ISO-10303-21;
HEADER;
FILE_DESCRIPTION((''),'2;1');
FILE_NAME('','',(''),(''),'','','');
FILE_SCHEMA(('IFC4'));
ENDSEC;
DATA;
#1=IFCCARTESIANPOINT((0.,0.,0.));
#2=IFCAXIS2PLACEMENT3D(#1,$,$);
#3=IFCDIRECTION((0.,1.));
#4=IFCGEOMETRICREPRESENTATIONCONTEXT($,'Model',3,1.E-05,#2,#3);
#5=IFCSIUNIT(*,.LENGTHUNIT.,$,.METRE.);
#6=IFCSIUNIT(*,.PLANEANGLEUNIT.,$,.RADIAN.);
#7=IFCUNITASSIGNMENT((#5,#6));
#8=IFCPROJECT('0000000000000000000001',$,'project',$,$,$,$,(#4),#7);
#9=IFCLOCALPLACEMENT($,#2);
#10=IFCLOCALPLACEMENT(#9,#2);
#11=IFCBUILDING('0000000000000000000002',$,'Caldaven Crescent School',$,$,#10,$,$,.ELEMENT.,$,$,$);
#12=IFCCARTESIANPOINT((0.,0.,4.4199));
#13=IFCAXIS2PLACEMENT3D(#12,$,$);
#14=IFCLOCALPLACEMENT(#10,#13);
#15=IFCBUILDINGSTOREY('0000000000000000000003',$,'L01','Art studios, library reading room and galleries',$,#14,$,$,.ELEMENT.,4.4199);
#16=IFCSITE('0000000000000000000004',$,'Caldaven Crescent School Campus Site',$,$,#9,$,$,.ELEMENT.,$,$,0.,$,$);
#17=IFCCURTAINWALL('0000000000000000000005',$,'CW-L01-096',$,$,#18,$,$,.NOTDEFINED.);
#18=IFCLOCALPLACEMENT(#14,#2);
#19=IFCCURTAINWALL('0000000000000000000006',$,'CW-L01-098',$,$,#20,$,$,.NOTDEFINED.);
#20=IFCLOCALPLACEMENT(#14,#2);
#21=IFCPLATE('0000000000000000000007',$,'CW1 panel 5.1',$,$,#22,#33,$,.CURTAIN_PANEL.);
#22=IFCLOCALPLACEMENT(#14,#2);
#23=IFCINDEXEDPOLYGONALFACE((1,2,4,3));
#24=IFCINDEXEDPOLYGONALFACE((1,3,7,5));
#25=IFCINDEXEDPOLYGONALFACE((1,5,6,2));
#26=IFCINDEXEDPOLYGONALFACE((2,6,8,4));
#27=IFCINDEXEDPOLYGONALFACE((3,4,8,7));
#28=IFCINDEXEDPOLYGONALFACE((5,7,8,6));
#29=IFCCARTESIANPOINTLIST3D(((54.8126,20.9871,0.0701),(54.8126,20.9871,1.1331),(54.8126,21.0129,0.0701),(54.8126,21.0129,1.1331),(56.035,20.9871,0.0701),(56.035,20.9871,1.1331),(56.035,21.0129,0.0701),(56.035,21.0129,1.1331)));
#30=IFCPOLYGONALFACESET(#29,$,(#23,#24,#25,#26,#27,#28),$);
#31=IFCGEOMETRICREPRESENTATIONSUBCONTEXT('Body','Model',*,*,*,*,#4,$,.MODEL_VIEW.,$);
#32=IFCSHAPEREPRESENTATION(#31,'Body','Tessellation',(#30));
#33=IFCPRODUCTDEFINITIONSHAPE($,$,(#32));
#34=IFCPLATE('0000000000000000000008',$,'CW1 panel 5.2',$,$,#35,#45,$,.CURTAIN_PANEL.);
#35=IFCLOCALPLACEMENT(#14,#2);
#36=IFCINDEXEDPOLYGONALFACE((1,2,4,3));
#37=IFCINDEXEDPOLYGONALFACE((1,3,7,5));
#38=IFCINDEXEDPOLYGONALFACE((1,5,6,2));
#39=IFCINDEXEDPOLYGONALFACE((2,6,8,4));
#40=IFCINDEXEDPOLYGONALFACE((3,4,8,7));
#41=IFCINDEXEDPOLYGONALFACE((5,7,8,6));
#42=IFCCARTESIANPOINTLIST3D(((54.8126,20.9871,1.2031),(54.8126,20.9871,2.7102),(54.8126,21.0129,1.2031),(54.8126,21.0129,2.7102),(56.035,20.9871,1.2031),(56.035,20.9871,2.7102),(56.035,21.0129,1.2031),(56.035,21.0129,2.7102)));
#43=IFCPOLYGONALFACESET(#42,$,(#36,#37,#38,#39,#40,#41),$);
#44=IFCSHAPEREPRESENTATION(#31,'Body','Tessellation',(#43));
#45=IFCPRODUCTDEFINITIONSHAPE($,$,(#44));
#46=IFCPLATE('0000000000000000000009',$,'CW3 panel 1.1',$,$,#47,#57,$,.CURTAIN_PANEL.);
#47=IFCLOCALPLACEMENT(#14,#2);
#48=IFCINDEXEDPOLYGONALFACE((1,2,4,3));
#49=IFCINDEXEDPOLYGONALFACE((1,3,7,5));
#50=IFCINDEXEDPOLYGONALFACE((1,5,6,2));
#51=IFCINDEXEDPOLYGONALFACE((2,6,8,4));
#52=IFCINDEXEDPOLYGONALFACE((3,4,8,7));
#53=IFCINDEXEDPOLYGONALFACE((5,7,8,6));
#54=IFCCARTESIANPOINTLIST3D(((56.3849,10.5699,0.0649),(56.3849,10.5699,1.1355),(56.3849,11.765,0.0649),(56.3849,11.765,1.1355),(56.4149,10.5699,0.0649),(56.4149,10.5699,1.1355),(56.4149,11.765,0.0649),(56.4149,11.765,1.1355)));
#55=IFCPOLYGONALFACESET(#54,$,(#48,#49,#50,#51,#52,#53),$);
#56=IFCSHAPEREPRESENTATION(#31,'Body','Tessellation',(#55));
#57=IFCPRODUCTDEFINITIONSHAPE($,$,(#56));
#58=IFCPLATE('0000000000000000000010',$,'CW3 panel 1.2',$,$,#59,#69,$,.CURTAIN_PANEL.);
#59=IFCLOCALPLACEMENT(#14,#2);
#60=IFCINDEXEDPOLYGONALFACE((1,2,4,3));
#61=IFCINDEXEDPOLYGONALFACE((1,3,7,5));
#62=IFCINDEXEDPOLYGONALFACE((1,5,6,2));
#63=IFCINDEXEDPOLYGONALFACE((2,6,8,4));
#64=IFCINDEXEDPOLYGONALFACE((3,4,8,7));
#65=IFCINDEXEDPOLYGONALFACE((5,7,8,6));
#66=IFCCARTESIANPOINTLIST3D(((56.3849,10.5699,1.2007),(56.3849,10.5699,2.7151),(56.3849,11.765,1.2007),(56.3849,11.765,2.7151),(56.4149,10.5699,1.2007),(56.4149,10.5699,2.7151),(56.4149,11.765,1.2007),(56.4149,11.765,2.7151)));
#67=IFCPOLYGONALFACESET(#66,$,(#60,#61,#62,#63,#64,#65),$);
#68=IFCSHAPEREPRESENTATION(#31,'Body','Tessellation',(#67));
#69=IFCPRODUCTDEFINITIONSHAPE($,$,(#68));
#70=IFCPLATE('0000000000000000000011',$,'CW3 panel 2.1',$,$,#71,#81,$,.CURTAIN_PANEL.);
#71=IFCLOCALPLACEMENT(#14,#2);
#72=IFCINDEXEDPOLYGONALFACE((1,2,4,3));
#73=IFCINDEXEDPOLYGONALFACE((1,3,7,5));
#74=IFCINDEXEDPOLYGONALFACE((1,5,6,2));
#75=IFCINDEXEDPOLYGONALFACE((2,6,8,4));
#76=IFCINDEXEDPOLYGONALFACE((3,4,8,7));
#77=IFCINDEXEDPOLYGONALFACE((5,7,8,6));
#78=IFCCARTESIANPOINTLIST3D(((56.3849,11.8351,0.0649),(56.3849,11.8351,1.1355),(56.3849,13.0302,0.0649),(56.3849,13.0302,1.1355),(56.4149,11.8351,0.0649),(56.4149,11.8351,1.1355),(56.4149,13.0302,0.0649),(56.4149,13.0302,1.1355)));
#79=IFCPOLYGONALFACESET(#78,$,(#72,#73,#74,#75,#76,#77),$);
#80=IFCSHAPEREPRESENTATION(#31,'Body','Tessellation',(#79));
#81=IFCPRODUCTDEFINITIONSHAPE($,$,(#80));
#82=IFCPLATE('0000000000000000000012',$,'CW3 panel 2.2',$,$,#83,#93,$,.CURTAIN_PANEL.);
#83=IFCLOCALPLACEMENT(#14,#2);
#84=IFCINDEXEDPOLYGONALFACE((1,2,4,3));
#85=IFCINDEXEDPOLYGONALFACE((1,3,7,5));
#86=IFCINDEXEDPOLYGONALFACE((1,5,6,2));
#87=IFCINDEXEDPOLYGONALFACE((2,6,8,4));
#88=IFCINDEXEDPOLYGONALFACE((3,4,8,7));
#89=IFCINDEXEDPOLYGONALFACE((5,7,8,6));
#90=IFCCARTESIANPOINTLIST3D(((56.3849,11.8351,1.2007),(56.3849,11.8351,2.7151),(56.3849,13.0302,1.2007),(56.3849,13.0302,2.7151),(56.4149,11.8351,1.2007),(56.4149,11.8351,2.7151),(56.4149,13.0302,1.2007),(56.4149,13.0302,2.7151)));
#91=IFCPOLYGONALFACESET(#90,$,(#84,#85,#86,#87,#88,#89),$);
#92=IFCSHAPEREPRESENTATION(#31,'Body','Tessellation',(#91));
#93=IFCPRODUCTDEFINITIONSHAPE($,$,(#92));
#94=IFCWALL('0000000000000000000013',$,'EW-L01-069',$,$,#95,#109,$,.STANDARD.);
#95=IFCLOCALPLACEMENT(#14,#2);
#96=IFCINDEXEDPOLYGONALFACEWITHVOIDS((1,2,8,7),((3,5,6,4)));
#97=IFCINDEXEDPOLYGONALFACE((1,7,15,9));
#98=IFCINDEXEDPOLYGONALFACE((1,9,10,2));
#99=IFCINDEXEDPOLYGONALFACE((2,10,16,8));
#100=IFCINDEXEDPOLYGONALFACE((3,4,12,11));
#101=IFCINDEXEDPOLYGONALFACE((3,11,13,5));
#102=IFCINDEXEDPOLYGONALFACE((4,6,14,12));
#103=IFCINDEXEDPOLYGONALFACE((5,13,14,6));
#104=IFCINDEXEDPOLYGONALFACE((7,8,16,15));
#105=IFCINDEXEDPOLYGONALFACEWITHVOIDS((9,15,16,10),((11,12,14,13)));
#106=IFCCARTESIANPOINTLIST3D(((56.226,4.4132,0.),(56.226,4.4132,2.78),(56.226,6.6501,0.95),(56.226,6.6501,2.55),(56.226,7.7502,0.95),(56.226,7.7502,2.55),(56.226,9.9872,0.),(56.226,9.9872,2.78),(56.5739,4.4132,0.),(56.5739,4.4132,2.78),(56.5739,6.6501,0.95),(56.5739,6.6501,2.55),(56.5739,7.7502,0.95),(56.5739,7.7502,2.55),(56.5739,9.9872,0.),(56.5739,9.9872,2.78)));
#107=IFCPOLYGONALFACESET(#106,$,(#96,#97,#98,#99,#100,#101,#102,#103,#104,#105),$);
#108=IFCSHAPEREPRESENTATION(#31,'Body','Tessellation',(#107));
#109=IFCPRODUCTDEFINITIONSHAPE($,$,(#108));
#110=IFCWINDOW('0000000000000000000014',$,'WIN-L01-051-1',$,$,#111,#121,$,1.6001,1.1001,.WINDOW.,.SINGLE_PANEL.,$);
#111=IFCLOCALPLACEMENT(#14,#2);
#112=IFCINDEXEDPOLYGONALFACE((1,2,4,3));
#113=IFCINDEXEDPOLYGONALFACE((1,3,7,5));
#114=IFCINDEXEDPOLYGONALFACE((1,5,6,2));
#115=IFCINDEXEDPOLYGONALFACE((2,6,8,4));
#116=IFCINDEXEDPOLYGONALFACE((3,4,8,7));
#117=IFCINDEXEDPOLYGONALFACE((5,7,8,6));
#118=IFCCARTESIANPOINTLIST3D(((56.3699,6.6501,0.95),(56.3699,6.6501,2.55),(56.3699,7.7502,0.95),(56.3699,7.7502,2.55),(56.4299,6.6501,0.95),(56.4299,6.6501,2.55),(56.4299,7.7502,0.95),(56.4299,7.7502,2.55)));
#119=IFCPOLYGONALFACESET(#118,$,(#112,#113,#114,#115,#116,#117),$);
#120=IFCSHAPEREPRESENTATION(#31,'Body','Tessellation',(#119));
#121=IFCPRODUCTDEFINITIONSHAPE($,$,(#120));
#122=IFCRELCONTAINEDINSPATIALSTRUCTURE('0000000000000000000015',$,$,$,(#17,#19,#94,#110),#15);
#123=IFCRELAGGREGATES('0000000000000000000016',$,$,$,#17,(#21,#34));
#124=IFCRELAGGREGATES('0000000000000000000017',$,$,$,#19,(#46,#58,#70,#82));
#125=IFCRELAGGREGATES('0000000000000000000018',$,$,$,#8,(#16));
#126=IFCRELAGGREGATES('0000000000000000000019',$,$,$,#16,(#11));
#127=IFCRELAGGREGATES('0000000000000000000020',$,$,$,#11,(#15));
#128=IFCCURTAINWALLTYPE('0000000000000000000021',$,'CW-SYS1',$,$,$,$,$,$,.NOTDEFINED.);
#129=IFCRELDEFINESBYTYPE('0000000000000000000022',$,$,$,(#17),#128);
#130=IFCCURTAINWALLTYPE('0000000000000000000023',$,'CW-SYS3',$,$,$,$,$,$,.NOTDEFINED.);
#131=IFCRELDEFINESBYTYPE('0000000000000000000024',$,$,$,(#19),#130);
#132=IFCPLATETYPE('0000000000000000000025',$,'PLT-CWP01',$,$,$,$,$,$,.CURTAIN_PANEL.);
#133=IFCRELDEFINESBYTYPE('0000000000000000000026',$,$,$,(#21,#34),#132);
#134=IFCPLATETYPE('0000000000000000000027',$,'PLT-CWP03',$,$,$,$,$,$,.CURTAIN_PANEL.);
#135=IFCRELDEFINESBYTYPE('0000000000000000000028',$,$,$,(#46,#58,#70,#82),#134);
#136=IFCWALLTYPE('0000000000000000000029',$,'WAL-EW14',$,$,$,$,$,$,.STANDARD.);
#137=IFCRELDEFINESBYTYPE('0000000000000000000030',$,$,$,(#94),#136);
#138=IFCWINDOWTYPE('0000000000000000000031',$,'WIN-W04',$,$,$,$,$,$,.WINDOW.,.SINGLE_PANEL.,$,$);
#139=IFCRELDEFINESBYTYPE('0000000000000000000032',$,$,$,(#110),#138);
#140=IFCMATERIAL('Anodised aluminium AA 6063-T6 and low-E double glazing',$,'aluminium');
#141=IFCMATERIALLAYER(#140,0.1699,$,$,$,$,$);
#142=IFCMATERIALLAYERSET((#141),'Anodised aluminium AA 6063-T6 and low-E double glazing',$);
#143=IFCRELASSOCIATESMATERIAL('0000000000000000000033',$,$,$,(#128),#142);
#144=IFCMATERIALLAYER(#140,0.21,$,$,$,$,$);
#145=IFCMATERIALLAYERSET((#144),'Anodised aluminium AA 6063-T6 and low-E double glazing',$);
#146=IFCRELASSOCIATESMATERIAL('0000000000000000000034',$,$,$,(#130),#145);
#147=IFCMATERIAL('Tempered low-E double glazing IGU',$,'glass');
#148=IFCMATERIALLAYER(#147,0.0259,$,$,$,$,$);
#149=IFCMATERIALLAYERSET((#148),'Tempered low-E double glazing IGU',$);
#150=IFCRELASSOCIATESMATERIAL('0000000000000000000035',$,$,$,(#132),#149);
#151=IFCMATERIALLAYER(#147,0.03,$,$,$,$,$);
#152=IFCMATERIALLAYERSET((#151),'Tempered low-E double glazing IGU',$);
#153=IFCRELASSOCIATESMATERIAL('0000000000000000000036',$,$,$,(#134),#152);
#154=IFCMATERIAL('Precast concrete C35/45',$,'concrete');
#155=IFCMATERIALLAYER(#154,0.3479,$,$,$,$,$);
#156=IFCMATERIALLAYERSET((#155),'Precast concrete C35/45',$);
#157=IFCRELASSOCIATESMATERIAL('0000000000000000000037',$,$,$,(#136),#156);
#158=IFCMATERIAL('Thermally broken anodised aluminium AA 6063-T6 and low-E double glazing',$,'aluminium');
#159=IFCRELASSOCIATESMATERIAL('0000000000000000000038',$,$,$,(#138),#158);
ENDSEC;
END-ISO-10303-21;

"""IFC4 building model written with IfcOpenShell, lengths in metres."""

from ifc_helpers import new_model, si_unit, direction, frame, frame_2d, origin, origin_2d, place, context, subcontext, project, spatial, rectangle, extrude, material, layer, layer_set, type_object, element, fill, aggregate, save


model = new_model("IFC4")

# Units and contexts
model_context = context("Model", 3, precision=1e-05, world=origin(), true_north=direction((0.0, 1.0)))
body_context = subcontext(model_context, "Body", "Model", "MODEL_VIEW")
ifc_project = project(units=[si_unit("LENGTHUNIT", "METRE"), si_unit("PLANEANGLEUNIT", "RADIAN")], contexts=[model_context])

# Site, building, storey
site_placement = place(None, origin())
site = spatial("IfcSite", under=ifc_project, at=site_placement, Name="Caldaven Crescent School Campus Site", CompositionType="ELEMENT", RefElevation=0.0)
building_placement = place(site_placement, origin())
building = spatial("IfcBuilding", under=site, at=building_placement, Name="Caldaven Crescent School", CompositionType="ELEMENT")
storey_placement = place(building_placement, frame((0.0, 0.0, 4.4199)))
storey = spatial("IfcBuildingStorey", under=building, at=storey_placement, Name="L01", Description="Art studios, library reading room and galleries", CompositionType="ELEMENT", Elevation=4.4199)

# Curtain walls
ifc_material_1 = material(Name="Anodised aluminium AA 6063-T6 and low-E double glazing", Category="aluminium")
ifc_layer_1 = layer(ifc_material_1, 0.1699)
ifc_layer_set_1 = layer_set([ifc_layer_1], Name="Anodised aluminium AA 6063-T6 and low-E double glazing")
curtain_wall_type_1 = type_object("IfcCurtainWallType", Name="CW-SYS1", PredefinedType="NOTDEFINED", material=ifc_layer_set_1)
curtain_wall_1_placement = place(storey_placement, origin())
curtain_wall_1 = element("IfcCurtainWall", 1, at=curtain_wall_1_placement, inside=storey, type_object=curtain_wall_type_1, Name="CW-L01-096", PredefinedType="NOTDEFINED")
ifc_layer_2 = layer(ifc_material_1, 0.21)
ifc_layer_set_2 = layer_set([ifc_layer_2], Name="Anodised aluminium AA 6063-T6 and low-E double glazing")
curtain_wall_type_2 = type_object("IfcCurtainWallType", Name="CW-SYS3", PredefinedType="NOTDEFINED", material=ifc_layer_set_2)
curtain_wall_2_placement = place(storey_placement, origin())
curtain_wall_2 = element("IfcCurtainWall", 2, at=curtain_wall_2_placement, inside=storey, type_object=curtain_wall_type_2, Name="CW-L01-098", PredefinedType="NOTDEFINED")

# Plates
ifc_material_2 = material(Name="Tempered low-E double glazing IGU", Category="glass")
ifc_layer_3 = layer(ifc_material_2, 0.0259)
ifc_layer_set_3 = layer_set([ifc_layer_3], Name="Tempered low-E double glazing IGU")
plate_type_1 = type_object("IfcPlateType", Name="PLT-CWP01", PredefinedType="CURTAIN_PANEL", material=ifc_layer_set_3)
plate_1_placement = place(storey_placement, frame((55.4238, 21.0, 0.0701), z_axis=(0.0, 0.0, 1.0), x_axis=(1.0, 0.0, 0.0)))
plate_1 = element("IfcPlate", 3, at=plate_1_placement, type_object=plate_type_1, Name="CW1 panel 5.1", PredefinedType="CURTAIN_PANEL", context=body_context, shape_type="SweptSolid", body=[
    extrude(rectangle(XDim=1.2224, YDim=0.0259, at=origin_2d()), origin(), (0.0, 0.0, 1.0), 1.063),
])
plate_2_placement = place(storey_placement, frame((55.4238, 21.0, 1.2031), z_axis=(0.0, 0.0, 1.0), x_axis=(1.0, 0.0, 0.0)))
plate_2 = element("IfcPlate", 4, at=plate_2_placement, type_object=plate_type_1, Name="CW1 panel 5.2", PredefinedType="CURTAIN_PANEL", context=body_context, shape_type="SweptSolid", body=[
    extrude(rectangle(XDim=1.2224, YDim=0.0259, at=origin_2d()), origin(), (0.0, 0.0, 1.0), 1.5071),
])
aggregate(curtain_wall_1, [plate_1, plate_2])
ifc_layer_4 = layer(ifc_material_2, 0.03)
ifc_layer_set_4 = layer_set([ifc_layer_4], Name="Tempered low-E double glazing IGU")
plate_type_2 = type_object("IfcPlateType", Name="PLT-CWP03", PredefinedType="CURTAIN_PANEL", material=ifc_layer_set_4)
plate_3_placement = place(storey_placement, frame((56.3999, 11.1675, 0.0649), z_axis=(0.0, 0.0, 1.0), x_axis=(0.0, 1.0, 0.0)))
plate_3 = element("IfcPlate", 5, at=plate_3_placement, type_object=plate_type_2, Name="CW3 panel 1.1", PredefinedType="CURTAIN_PANEL", context=body_context, shape_type="SweptSolid", body=[
    extrude(rectangle(XDim=1.1951, YDim=0.03, at=origin_2d()), origin(), (0.0, 0.0, 1.0), 1.0706),
])
plate_4_placement = place(storey_placement, frame((56.3999, 11.1675, 1.2007), z_axis=(0.0, 0.0, 1.0), x_axis=(0.0, 1.0, 0.0)))
plate_4 = element("IfcPlate", 6, at=plate_4_placement, type_object=plate_type_2, Name="CW3 panel 1.2", PredefinedType="CURTAIN_PANEL", context=body_context, shape_type="SweptSolid", body=[
    extrude(rectangle(XDim=1.1951, YDim=0.03, at=origin_2d()), origin(), (0.0, 0.0, 1.0), 1.5144),
])
plate_5_placement = place(storey_placement, frame((56.3999, 12.4326, 0.0649), z_axis=(0.0, 0.0, 1.0), x_axis=(0.0, 1.0, 0.0)))
plate_5 = element("IfcPlate", 7, at=plate_5_placement, type_object=plate_type_2, Name="CW3 panel 2.1", PredefinedType="CURTAIN_PANEL", context=body_context, shape_type="SweptSolid", body=[
    extrude(rectangle(XDim=1.1951, YDim=0.03, at=origin_2d()), origin(), (0.0, 0.0, 1.0), 1.0706),
])
plate_6_placement = place(storey_placement, frame((56.3999, 12.4326, 1.2007), z_axis=(0.0, 0.0, 1.0), x_axis=(0.0, 1.0, 0.0)))
plate_6 = element("IfcPlate", 8, at=plate_6_placement, type_object=plate_type_2, Name="CW3 panel 2.2", PredefinedType="CURTAIN_PANEL", context=body_context, shape_type="SweptSolid", body=[
    extrude(rectangle(XDim=1.1951, YDim=0.03, at=origin_2d()), origin(), (0.0, 0.0, 1.0), 1.5144),
])
aggregate(curtain_wall_2, [plate_3, plate_4, plate_5, plate_6])

# Wall, opening, window
ifc_material_3 = material(Name="Precast concrete C35/45", Category="concrete")
ifc_layer_5 = layer(ifc_material_3, 0.3479)
ifc_layer_set_5 = layer_set([ifc_layer_5], Name="Precast concrete C35/45")
wall_type = type_object("IfcWallType", Name="WAL-EW14", PredefinedType="STANDARD", material=ifc_layer_set_5)
wall_placement = place(storey_placement, frame((56.3999, 4.4131, 0.0), z_axis=(0.0, 0.0, 1.0), x_axis=(0.0, 1.0, 0.0)))
wall = element("IfcWall", 9, at=wall_placement, inside=storey, type_object=wall_type, Name="EW-L01-069", PredefinedType="STANDARD", context=body_context, shape_type="SweptSolid", body=[
    extrude(rectangle(XDim=5.574, YDim=0.3479, at=frame_2d((2.7871, 0.0))), origin(), (0.0, 0.0, 1.0), 2.78),
])
opening_placement = place(wall_placement, frame((2.2371, 0.0, 0.95)))
opening = element("IfcOpeningElement", 10, at=opening_placement, cuts=wall, PredefinedType="OPENING", context=body_context, shape_type="SweptSolid", body=[
    extrude(rectangle(XDim=1.1001, YDim=1.6001, at=frame_2d((0.55, 0.8))), frame((0.0, 0.1838, 0.0), z_axis=(0.0, -1.0, 0.0), x_axis=(1.0, 0.0, 0.0)), (0.0, 0.0, 1.0), 0.3679),
])
ifc_material_4 = material(Name="Thermally broken anodised aluminium AA 6063-T6 and low-E double glazing", Category="aluminium")
window_type = type_object("IfcWindowType", Name="WIN-W04", PartitioningType="SINGLE_PANEL", PredefinedType="WINDOW", material=ifc_material_4)
window_placement = place(opening_placement, origin())
window = element("IfcWindow", 11, at=window_placement, inside=storey, type_object=window_type, Name="WIN-L01-051-1", OverallHeight=1.6001, OverallWidth=1.1001, PartitioningType="SINGLE_PANEL", PredefinedType="WINDOW", context=body_context, shape_type="SweptSolid", body=[
    extrude(rectangle(XDim=1.1001, YDim=1.6001, at=frame_2d((0.55, 0.8))), frame((0.0, 0.03, 0.0), z_axis=(0.0, -1.0, 0.0), x_axis=(1.0, 0.0, 0.0)), (0.0, 0.0, 1.0), 0.0601),
])
fill(opening, window)

save(model, "model.ifc")
